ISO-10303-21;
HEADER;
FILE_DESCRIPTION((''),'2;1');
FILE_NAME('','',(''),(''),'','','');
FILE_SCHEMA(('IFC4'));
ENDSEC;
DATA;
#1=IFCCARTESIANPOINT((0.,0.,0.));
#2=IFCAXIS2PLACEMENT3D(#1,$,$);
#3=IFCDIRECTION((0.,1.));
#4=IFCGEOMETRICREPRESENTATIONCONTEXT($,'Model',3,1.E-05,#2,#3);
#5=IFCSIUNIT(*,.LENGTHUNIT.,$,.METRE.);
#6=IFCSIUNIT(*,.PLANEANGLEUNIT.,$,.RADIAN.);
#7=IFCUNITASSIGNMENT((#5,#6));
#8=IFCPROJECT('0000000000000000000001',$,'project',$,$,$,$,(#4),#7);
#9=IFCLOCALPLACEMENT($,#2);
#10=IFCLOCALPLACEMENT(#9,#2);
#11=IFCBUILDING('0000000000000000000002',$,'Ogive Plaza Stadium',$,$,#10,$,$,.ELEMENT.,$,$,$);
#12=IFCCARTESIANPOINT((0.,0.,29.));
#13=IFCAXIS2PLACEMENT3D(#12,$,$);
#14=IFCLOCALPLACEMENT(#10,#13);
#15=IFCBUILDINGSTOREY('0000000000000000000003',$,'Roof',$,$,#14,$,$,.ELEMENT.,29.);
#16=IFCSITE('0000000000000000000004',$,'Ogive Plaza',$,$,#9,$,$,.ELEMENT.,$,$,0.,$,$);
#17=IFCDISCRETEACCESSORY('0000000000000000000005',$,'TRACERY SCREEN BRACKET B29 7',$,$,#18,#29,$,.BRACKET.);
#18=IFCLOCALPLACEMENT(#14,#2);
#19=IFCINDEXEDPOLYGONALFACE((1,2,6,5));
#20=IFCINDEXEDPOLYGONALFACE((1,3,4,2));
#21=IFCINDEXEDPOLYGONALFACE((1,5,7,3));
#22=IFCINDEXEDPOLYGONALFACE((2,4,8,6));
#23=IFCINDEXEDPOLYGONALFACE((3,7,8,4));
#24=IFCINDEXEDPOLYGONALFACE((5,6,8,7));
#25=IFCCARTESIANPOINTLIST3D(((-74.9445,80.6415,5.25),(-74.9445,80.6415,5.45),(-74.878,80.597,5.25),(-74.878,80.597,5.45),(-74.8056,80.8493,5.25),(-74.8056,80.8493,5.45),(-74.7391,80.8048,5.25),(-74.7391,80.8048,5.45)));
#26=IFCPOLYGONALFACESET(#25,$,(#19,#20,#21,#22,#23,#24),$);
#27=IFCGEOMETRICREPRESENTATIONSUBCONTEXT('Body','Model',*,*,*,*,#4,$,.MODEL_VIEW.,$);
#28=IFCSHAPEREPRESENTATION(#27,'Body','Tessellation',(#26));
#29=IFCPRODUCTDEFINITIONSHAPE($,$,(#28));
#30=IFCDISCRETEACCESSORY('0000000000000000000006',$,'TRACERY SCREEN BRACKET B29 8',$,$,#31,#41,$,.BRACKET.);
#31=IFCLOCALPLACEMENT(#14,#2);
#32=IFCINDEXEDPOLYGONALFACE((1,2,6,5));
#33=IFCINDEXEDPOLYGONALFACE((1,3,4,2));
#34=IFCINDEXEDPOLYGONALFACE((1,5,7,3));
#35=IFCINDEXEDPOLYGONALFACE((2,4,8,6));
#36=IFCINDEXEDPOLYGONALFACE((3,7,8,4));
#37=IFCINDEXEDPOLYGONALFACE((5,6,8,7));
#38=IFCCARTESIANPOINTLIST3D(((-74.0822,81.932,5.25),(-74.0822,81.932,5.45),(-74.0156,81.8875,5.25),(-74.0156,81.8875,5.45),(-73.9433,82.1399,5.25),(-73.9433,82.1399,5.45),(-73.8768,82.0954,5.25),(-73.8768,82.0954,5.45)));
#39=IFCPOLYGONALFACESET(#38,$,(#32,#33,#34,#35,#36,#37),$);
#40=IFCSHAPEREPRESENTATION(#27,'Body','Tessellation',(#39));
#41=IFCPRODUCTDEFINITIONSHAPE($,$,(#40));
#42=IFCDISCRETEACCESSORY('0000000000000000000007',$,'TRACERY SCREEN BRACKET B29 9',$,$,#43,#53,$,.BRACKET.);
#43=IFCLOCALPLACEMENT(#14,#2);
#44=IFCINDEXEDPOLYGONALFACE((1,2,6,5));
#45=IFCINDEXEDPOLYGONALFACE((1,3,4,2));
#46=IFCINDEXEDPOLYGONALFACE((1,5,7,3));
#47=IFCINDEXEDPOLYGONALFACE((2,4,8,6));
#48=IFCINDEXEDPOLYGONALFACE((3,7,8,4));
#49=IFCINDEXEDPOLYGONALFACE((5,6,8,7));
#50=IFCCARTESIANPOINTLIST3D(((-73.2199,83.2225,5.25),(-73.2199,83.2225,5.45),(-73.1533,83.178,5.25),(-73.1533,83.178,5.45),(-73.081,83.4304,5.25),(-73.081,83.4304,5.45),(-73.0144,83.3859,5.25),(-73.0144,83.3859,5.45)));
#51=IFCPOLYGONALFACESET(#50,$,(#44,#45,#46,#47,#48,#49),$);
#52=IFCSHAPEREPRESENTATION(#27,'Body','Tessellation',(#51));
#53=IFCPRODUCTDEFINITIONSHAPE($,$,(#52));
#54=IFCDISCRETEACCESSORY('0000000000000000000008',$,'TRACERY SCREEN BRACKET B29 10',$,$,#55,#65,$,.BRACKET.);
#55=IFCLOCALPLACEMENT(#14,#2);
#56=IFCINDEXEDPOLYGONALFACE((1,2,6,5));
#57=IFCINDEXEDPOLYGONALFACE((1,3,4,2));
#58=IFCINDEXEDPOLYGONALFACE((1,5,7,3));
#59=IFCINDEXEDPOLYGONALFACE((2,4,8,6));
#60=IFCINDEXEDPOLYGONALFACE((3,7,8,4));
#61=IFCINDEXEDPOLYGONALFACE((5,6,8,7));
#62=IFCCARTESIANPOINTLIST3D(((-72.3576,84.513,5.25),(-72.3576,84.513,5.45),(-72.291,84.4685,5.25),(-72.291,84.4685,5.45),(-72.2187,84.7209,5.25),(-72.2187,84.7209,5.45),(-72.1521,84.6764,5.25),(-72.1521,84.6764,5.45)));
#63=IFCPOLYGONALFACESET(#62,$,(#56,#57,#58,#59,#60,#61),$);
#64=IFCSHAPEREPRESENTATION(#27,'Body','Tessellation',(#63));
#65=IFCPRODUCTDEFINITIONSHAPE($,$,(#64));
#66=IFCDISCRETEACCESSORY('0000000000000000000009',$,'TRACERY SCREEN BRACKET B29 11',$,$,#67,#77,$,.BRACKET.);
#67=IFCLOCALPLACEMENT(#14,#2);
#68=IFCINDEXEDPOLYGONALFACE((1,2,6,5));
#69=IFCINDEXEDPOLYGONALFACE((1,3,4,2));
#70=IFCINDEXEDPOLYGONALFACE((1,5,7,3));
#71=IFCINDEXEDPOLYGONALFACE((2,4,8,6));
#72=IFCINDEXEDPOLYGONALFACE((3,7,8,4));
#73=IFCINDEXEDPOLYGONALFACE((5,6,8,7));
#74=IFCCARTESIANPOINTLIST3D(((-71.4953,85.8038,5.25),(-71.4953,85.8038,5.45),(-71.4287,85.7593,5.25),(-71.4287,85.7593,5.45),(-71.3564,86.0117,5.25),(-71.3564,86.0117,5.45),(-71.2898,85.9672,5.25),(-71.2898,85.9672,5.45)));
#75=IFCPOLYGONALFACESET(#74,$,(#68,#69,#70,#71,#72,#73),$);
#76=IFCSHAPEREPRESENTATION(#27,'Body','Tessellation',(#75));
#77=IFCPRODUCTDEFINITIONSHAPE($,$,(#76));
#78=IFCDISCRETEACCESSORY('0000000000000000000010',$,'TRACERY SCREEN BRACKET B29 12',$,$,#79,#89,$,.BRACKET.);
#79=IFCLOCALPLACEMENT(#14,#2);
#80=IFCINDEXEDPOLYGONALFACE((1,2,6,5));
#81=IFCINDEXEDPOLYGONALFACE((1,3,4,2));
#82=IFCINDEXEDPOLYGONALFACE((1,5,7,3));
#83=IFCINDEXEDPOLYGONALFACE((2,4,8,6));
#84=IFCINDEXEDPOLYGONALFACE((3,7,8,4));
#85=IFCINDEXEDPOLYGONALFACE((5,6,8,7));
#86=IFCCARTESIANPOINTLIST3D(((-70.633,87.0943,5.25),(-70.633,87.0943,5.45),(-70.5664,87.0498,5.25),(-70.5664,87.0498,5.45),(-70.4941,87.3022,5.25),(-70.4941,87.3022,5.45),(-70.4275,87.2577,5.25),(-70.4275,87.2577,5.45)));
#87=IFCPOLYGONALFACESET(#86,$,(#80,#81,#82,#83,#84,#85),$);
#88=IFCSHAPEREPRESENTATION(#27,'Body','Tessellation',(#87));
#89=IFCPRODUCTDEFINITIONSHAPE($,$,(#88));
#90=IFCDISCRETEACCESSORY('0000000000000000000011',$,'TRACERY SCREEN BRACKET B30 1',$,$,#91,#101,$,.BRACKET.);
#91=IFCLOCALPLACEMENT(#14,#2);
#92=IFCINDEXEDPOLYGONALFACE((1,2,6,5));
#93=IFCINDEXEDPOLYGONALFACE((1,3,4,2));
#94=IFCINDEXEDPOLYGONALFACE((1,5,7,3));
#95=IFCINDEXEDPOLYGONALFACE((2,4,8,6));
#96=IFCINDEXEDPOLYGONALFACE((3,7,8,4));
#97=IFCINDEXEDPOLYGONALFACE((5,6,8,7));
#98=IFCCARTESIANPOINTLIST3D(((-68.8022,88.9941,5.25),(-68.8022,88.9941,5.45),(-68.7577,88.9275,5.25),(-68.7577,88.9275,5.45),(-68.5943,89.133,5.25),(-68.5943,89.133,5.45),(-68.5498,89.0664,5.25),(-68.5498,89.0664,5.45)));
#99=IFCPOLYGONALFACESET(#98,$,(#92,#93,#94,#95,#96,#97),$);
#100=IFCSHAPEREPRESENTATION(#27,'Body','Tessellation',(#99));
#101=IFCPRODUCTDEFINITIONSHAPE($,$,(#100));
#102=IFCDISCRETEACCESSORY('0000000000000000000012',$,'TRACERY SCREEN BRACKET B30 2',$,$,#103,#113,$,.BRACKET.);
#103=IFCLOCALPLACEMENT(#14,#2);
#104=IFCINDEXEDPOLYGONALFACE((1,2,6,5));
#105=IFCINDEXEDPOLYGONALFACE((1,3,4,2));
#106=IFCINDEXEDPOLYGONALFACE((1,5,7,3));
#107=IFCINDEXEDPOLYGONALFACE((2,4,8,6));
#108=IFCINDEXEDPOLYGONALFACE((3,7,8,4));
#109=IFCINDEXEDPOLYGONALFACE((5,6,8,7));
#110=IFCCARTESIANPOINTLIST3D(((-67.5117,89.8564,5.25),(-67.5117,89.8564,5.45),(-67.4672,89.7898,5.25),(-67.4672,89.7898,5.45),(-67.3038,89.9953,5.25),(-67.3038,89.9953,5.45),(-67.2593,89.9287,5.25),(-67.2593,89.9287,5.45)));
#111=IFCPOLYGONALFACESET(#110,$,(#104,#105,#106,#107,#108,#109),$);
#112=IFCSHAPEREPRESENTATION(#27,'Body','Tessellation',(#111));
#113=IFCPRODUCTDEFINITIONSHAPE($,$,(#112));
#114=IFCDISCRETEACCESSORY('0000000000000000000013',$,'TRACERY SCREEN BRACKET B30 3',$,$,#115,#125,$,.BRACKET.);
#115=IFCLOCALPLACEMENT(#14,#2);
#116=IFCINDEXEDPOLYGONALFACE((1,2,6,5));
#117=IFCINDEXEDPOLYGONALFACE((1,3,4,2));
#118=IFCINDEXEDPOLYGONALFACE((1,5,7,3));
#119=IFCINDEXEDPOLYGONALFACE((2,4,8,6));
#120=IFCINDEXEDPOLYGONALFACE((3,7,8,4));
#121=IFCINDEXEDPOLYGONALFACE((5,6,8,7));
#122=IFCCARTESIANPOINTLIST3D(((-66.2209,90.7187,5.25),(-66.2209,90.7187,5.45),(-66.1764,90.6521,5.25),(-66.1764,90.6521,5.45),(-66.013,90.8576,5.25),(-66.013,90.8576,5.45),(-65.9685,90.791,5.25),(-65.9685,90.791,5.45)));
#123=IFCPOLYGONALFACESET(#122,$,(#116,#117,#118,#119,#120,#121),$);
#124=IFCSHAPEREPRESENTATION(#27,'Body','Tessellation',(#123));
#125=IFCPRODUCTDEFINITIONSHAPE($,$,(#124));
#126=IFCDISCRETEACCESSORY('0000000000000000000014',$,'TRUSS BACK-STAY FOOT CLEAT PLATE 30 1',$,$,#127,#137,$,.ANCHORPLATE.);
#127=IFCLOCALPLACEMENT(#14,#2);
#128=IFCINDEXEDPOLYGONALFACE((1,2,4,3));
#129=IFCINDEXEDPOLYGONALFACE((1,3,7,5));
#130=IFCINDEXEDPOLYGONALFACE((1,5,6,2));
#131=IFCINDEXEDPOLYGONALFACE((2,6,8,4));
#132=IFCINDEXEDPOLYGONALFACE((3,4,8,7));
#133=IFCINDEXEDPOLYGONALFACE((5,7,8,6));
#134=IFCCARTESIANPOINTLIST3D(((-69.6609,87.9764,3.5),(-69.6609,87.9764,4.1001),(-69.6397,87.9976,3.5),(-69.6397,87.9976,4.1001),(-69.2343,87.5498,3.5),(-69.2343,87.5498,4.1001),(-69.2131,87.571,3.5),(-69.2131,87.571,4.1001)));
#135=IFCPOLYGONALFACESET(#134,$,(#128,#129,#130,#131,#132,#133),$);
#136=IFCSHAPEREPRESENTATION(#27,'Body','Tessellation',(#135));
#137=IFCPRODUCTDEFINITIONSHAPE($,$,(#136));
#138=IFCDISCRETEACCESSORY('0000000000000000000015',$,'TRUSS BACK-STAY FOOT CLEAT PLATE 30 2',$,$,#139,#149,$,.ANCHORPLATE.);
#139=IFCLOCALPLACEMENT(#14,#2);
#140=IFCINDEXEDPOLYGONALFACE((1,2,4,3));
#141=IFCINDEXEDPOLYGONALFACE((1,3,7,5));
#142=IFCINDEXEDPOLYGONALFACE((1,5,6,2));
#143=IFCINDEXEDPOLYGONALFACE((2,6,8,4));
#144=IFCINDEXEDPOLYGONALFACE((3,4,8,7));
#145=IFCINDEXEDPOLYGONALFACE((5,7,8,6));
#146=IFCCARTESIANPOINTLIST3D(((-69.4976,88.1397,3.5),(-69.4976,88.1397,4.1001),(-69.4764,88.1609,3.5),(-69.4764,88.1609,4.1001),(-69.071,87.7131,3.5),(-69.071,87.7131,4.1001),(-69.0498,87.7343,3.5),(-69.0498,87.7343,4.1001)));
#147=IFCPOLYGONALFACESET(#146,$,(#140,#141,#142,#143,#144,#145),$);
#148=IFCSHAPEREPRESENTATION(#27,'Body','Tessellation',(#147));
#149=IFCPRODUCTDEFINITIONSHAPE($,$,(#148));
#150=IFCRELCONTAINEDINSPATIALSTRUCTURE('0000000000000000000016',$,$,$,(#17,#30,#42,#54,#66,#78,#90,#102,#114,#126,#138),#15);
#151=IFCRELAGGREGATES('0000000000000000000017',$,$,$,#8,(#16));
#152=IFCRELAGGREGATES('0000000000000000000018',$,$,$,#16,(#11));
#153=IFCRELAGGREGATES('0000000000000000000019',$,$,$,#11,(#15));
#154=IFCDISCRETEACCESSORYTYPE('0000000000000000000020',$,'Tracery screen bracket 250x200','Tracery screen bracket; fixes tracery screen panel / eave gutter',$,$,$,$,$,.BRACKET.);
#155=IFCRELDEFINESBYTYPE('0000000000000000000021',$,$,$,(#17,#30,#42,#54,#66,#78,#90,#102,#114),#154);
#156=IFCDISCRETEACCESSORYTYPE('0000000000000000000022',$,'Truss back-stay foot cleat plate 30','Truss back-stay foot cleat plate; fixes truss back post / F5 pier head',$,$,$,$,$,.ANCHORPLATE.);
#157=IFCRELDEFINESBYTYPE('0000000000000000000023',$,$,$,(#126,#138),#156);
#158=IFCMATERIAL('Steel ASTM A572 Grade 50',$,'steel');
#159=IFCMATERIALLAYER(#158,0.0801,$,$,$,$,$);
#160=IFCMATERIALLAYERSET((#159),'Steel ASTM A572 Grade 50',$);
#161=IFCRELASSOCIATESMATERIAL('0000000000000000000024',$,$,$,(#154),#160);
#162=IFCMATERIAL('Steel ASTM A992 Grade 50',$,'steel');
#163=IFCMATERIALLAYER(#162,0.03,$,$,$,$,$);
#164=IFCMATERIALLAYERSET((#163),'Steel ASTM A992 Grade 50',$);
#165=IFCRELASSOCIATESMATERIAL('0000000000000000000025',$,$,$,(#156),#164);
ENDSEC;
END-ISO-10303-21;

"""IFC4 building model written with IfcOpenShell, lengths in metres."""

from ifc_helpers import new_model, si_unit, direction, frame, origin, origin_2d, place, context, subcontext, project, spatial, rectangle, extrude, material, layer, layer_set, type_object, element, save


model = new_model("IFC4")

# Units and contexts
model_context = context("Model", 3, precision=1e-05, world=origin(), true_north=direction((0.0, 1.0)))
body_context = subcontext(model_context, "Body", "Model", "MODEL_VIEW")
ifc_project = project(units=[si_unit("LENGTHUNIT", "METRE"), si_unit("PLANEANGLEUNIT", "RADIAN")], contexts=[model_context])

# Site, building, storey
site_placement = place(None, origin())
site = spatial("IfcSite", under=ifc_project, at=site_placement, Name="Ogive Plaza", CompositionType="ELEMENT", RefElevation=0.0)
building_placement = place(site_placement, origin())
building = spatial("IfcBuilding", under=site, at=building_placement, Name="Ogive Plaza Stadium", CompositionType="ELEMENT")
storey_placement = place(building_placement, frame((0.0, 0.0, 29.0)))
storey = spatial("IfcBuildingStorey", under=building, at=storey_placement, Name="Roof", CompositionType="ELEMENT", Elevation=29.0)

# Discrete accessories
ifc_material_1 = material(Name="Steel ASTM A572 Grade 50", Category="steel")
ifc_layer_1 = layer(ifc_material_1, 0.0801)
ifc_layer_set_1 = layer_set([ifc_layer_1], Name="Steel ASTM A572 Grade 50")
discrete_accessory_type_1 = type_object("IfcDiscreteAccessoryType", Name="Tracery screen bracket 250x200", Description="Tracery screen bracket; fixes tracery screen panel / eave gutter", PredefinedType="BRACKET", material=ifc_layer_set_1)
for number, where, z_axis, x_axis, name in (
    (1, (-74.8418, 80.7231, 5.25), (0.0, 0.0, 1.0), (0.55557, 0.83147, 0.0), "TRACERY SCREEN BRACKET B29 7"),
    (2, (-73.9795, 82.0137, 5.25), (0.0, 0.0, 1.0), (0.55557, 0.83147, 0.0), "TRACERY SCREEN BRACKET B29 8"),
    (3, (-73.1172, 83.3042, 5.25), (0.0, 0.0, 1.0), (0.55557, 0.83147, 0.0), "TRACERY SCREEN BRACKET B29 9"),
    (4, (-72.2549, 84.5947, 5.25), (0.0, 0.0, 1.0), (0.55557, 0.83147, 0.0), "TRACERY SCREEN BRACKET B29 10"),
    (5, (-71.3926, 85.8855, 5.25), (0.0, 0.0, 1.0), (0.55557, 0.83147, 0.0), "TRACERY SCREEN BRACKET B29 11"),
    (6, (-70.5303, 87.176, 5.25), (0.0, 0.0, 1.0), (0.55557, 0.83147, 0.0), "TRACERY SCREEN BRACKET B29 12"),
    (7, (-68.676, 89.0303, 5.25), (0.0, 0.0, 1.0), (0.83147, 0.55557, 0.0), "TRACERY SCREEN BRACKET B30 1"),
    (8, (-67.3855, 89.8926, 5.25), (0.0, 0.0, 1.0), (0.83147, 0.55557, 0.0), "TRACERY SCREEN BRACKET B30 2"),
    (9, (-66.0947, 90.7549, 5.25), (0.0, 0.0, 1.0), (0.83147, 0.55557, 0.0), "TRACERY SCREEN BRACKET B30 3"),
):
    element("IfcDiscreteAccessory", number, at=place(storey_placement, frame(where, z_axis=z_axis, x_axis=x_axis)), inside=storey, type_object=discrete_accessory_type_1, Name=name, PredefinedType="BRACKET", context=body_context, shape_type="SweptSolid", body=[
        extrude(rectangle(XDim=0.25, YDim=0.0801, at=origin_2d()), origin(), (0.0, 0.0, 1.0), 0.2),
    ])
ifc_material_2 = material(Name="Steel ASTM A992 Grade 50", Category="steel")
ifc_layer_2 = layer(ifc_material_2, 0.03)
ifc_layer_set_2 = layer_set([ifc_layer_2], Name="Steel ASTM A992 Grade 50")
discrete_accessory_type_2 = type_object("IfcDiscreteAccessoryType", Name="Truss back-stay foot cleat plate 30", Description="Truss back-stay foot cleat plate; fixes truss back post / F5 pier head", PredefinedType="ANCHORPLATE", material=ifc_layer_set_2)
for number, where, z_axis, x_axis, name in (
    (10, (-69.437, 87.7737, 3.5), (0.0, 0.0, 1.0), (-0.707107, 0.707107, 0.0), "TRUSS BACK-STAY FOOT CLEAT PLATE 30 1"),
    (11, (-69.2737, 87.937, 3.5), (0.0, 0.0, 1.0), (-0.707107, 0.707107, 0.0), "TRUSS BACK-STAY FOOT CLEAT PLATE 30 2"),
):
    element("IfcDiscreteAccessory", number, at=place(storey_placement, frame(where, z_axis=z_axis, x_axis=x_axis)), inside=storey, type_object=discrete_accessory_type_2, Name=name, PredefinedType="ANCHORPLATE", context=body_context, shape_type="SweptSolid", body=[
        extrude(rectangle(XDim=0.6033, YDim=0.03, at=origin_2d()), origin(), (0.0, 0.0, 1.0), 0.6001),
    ])

save(model, "model.ifc")
